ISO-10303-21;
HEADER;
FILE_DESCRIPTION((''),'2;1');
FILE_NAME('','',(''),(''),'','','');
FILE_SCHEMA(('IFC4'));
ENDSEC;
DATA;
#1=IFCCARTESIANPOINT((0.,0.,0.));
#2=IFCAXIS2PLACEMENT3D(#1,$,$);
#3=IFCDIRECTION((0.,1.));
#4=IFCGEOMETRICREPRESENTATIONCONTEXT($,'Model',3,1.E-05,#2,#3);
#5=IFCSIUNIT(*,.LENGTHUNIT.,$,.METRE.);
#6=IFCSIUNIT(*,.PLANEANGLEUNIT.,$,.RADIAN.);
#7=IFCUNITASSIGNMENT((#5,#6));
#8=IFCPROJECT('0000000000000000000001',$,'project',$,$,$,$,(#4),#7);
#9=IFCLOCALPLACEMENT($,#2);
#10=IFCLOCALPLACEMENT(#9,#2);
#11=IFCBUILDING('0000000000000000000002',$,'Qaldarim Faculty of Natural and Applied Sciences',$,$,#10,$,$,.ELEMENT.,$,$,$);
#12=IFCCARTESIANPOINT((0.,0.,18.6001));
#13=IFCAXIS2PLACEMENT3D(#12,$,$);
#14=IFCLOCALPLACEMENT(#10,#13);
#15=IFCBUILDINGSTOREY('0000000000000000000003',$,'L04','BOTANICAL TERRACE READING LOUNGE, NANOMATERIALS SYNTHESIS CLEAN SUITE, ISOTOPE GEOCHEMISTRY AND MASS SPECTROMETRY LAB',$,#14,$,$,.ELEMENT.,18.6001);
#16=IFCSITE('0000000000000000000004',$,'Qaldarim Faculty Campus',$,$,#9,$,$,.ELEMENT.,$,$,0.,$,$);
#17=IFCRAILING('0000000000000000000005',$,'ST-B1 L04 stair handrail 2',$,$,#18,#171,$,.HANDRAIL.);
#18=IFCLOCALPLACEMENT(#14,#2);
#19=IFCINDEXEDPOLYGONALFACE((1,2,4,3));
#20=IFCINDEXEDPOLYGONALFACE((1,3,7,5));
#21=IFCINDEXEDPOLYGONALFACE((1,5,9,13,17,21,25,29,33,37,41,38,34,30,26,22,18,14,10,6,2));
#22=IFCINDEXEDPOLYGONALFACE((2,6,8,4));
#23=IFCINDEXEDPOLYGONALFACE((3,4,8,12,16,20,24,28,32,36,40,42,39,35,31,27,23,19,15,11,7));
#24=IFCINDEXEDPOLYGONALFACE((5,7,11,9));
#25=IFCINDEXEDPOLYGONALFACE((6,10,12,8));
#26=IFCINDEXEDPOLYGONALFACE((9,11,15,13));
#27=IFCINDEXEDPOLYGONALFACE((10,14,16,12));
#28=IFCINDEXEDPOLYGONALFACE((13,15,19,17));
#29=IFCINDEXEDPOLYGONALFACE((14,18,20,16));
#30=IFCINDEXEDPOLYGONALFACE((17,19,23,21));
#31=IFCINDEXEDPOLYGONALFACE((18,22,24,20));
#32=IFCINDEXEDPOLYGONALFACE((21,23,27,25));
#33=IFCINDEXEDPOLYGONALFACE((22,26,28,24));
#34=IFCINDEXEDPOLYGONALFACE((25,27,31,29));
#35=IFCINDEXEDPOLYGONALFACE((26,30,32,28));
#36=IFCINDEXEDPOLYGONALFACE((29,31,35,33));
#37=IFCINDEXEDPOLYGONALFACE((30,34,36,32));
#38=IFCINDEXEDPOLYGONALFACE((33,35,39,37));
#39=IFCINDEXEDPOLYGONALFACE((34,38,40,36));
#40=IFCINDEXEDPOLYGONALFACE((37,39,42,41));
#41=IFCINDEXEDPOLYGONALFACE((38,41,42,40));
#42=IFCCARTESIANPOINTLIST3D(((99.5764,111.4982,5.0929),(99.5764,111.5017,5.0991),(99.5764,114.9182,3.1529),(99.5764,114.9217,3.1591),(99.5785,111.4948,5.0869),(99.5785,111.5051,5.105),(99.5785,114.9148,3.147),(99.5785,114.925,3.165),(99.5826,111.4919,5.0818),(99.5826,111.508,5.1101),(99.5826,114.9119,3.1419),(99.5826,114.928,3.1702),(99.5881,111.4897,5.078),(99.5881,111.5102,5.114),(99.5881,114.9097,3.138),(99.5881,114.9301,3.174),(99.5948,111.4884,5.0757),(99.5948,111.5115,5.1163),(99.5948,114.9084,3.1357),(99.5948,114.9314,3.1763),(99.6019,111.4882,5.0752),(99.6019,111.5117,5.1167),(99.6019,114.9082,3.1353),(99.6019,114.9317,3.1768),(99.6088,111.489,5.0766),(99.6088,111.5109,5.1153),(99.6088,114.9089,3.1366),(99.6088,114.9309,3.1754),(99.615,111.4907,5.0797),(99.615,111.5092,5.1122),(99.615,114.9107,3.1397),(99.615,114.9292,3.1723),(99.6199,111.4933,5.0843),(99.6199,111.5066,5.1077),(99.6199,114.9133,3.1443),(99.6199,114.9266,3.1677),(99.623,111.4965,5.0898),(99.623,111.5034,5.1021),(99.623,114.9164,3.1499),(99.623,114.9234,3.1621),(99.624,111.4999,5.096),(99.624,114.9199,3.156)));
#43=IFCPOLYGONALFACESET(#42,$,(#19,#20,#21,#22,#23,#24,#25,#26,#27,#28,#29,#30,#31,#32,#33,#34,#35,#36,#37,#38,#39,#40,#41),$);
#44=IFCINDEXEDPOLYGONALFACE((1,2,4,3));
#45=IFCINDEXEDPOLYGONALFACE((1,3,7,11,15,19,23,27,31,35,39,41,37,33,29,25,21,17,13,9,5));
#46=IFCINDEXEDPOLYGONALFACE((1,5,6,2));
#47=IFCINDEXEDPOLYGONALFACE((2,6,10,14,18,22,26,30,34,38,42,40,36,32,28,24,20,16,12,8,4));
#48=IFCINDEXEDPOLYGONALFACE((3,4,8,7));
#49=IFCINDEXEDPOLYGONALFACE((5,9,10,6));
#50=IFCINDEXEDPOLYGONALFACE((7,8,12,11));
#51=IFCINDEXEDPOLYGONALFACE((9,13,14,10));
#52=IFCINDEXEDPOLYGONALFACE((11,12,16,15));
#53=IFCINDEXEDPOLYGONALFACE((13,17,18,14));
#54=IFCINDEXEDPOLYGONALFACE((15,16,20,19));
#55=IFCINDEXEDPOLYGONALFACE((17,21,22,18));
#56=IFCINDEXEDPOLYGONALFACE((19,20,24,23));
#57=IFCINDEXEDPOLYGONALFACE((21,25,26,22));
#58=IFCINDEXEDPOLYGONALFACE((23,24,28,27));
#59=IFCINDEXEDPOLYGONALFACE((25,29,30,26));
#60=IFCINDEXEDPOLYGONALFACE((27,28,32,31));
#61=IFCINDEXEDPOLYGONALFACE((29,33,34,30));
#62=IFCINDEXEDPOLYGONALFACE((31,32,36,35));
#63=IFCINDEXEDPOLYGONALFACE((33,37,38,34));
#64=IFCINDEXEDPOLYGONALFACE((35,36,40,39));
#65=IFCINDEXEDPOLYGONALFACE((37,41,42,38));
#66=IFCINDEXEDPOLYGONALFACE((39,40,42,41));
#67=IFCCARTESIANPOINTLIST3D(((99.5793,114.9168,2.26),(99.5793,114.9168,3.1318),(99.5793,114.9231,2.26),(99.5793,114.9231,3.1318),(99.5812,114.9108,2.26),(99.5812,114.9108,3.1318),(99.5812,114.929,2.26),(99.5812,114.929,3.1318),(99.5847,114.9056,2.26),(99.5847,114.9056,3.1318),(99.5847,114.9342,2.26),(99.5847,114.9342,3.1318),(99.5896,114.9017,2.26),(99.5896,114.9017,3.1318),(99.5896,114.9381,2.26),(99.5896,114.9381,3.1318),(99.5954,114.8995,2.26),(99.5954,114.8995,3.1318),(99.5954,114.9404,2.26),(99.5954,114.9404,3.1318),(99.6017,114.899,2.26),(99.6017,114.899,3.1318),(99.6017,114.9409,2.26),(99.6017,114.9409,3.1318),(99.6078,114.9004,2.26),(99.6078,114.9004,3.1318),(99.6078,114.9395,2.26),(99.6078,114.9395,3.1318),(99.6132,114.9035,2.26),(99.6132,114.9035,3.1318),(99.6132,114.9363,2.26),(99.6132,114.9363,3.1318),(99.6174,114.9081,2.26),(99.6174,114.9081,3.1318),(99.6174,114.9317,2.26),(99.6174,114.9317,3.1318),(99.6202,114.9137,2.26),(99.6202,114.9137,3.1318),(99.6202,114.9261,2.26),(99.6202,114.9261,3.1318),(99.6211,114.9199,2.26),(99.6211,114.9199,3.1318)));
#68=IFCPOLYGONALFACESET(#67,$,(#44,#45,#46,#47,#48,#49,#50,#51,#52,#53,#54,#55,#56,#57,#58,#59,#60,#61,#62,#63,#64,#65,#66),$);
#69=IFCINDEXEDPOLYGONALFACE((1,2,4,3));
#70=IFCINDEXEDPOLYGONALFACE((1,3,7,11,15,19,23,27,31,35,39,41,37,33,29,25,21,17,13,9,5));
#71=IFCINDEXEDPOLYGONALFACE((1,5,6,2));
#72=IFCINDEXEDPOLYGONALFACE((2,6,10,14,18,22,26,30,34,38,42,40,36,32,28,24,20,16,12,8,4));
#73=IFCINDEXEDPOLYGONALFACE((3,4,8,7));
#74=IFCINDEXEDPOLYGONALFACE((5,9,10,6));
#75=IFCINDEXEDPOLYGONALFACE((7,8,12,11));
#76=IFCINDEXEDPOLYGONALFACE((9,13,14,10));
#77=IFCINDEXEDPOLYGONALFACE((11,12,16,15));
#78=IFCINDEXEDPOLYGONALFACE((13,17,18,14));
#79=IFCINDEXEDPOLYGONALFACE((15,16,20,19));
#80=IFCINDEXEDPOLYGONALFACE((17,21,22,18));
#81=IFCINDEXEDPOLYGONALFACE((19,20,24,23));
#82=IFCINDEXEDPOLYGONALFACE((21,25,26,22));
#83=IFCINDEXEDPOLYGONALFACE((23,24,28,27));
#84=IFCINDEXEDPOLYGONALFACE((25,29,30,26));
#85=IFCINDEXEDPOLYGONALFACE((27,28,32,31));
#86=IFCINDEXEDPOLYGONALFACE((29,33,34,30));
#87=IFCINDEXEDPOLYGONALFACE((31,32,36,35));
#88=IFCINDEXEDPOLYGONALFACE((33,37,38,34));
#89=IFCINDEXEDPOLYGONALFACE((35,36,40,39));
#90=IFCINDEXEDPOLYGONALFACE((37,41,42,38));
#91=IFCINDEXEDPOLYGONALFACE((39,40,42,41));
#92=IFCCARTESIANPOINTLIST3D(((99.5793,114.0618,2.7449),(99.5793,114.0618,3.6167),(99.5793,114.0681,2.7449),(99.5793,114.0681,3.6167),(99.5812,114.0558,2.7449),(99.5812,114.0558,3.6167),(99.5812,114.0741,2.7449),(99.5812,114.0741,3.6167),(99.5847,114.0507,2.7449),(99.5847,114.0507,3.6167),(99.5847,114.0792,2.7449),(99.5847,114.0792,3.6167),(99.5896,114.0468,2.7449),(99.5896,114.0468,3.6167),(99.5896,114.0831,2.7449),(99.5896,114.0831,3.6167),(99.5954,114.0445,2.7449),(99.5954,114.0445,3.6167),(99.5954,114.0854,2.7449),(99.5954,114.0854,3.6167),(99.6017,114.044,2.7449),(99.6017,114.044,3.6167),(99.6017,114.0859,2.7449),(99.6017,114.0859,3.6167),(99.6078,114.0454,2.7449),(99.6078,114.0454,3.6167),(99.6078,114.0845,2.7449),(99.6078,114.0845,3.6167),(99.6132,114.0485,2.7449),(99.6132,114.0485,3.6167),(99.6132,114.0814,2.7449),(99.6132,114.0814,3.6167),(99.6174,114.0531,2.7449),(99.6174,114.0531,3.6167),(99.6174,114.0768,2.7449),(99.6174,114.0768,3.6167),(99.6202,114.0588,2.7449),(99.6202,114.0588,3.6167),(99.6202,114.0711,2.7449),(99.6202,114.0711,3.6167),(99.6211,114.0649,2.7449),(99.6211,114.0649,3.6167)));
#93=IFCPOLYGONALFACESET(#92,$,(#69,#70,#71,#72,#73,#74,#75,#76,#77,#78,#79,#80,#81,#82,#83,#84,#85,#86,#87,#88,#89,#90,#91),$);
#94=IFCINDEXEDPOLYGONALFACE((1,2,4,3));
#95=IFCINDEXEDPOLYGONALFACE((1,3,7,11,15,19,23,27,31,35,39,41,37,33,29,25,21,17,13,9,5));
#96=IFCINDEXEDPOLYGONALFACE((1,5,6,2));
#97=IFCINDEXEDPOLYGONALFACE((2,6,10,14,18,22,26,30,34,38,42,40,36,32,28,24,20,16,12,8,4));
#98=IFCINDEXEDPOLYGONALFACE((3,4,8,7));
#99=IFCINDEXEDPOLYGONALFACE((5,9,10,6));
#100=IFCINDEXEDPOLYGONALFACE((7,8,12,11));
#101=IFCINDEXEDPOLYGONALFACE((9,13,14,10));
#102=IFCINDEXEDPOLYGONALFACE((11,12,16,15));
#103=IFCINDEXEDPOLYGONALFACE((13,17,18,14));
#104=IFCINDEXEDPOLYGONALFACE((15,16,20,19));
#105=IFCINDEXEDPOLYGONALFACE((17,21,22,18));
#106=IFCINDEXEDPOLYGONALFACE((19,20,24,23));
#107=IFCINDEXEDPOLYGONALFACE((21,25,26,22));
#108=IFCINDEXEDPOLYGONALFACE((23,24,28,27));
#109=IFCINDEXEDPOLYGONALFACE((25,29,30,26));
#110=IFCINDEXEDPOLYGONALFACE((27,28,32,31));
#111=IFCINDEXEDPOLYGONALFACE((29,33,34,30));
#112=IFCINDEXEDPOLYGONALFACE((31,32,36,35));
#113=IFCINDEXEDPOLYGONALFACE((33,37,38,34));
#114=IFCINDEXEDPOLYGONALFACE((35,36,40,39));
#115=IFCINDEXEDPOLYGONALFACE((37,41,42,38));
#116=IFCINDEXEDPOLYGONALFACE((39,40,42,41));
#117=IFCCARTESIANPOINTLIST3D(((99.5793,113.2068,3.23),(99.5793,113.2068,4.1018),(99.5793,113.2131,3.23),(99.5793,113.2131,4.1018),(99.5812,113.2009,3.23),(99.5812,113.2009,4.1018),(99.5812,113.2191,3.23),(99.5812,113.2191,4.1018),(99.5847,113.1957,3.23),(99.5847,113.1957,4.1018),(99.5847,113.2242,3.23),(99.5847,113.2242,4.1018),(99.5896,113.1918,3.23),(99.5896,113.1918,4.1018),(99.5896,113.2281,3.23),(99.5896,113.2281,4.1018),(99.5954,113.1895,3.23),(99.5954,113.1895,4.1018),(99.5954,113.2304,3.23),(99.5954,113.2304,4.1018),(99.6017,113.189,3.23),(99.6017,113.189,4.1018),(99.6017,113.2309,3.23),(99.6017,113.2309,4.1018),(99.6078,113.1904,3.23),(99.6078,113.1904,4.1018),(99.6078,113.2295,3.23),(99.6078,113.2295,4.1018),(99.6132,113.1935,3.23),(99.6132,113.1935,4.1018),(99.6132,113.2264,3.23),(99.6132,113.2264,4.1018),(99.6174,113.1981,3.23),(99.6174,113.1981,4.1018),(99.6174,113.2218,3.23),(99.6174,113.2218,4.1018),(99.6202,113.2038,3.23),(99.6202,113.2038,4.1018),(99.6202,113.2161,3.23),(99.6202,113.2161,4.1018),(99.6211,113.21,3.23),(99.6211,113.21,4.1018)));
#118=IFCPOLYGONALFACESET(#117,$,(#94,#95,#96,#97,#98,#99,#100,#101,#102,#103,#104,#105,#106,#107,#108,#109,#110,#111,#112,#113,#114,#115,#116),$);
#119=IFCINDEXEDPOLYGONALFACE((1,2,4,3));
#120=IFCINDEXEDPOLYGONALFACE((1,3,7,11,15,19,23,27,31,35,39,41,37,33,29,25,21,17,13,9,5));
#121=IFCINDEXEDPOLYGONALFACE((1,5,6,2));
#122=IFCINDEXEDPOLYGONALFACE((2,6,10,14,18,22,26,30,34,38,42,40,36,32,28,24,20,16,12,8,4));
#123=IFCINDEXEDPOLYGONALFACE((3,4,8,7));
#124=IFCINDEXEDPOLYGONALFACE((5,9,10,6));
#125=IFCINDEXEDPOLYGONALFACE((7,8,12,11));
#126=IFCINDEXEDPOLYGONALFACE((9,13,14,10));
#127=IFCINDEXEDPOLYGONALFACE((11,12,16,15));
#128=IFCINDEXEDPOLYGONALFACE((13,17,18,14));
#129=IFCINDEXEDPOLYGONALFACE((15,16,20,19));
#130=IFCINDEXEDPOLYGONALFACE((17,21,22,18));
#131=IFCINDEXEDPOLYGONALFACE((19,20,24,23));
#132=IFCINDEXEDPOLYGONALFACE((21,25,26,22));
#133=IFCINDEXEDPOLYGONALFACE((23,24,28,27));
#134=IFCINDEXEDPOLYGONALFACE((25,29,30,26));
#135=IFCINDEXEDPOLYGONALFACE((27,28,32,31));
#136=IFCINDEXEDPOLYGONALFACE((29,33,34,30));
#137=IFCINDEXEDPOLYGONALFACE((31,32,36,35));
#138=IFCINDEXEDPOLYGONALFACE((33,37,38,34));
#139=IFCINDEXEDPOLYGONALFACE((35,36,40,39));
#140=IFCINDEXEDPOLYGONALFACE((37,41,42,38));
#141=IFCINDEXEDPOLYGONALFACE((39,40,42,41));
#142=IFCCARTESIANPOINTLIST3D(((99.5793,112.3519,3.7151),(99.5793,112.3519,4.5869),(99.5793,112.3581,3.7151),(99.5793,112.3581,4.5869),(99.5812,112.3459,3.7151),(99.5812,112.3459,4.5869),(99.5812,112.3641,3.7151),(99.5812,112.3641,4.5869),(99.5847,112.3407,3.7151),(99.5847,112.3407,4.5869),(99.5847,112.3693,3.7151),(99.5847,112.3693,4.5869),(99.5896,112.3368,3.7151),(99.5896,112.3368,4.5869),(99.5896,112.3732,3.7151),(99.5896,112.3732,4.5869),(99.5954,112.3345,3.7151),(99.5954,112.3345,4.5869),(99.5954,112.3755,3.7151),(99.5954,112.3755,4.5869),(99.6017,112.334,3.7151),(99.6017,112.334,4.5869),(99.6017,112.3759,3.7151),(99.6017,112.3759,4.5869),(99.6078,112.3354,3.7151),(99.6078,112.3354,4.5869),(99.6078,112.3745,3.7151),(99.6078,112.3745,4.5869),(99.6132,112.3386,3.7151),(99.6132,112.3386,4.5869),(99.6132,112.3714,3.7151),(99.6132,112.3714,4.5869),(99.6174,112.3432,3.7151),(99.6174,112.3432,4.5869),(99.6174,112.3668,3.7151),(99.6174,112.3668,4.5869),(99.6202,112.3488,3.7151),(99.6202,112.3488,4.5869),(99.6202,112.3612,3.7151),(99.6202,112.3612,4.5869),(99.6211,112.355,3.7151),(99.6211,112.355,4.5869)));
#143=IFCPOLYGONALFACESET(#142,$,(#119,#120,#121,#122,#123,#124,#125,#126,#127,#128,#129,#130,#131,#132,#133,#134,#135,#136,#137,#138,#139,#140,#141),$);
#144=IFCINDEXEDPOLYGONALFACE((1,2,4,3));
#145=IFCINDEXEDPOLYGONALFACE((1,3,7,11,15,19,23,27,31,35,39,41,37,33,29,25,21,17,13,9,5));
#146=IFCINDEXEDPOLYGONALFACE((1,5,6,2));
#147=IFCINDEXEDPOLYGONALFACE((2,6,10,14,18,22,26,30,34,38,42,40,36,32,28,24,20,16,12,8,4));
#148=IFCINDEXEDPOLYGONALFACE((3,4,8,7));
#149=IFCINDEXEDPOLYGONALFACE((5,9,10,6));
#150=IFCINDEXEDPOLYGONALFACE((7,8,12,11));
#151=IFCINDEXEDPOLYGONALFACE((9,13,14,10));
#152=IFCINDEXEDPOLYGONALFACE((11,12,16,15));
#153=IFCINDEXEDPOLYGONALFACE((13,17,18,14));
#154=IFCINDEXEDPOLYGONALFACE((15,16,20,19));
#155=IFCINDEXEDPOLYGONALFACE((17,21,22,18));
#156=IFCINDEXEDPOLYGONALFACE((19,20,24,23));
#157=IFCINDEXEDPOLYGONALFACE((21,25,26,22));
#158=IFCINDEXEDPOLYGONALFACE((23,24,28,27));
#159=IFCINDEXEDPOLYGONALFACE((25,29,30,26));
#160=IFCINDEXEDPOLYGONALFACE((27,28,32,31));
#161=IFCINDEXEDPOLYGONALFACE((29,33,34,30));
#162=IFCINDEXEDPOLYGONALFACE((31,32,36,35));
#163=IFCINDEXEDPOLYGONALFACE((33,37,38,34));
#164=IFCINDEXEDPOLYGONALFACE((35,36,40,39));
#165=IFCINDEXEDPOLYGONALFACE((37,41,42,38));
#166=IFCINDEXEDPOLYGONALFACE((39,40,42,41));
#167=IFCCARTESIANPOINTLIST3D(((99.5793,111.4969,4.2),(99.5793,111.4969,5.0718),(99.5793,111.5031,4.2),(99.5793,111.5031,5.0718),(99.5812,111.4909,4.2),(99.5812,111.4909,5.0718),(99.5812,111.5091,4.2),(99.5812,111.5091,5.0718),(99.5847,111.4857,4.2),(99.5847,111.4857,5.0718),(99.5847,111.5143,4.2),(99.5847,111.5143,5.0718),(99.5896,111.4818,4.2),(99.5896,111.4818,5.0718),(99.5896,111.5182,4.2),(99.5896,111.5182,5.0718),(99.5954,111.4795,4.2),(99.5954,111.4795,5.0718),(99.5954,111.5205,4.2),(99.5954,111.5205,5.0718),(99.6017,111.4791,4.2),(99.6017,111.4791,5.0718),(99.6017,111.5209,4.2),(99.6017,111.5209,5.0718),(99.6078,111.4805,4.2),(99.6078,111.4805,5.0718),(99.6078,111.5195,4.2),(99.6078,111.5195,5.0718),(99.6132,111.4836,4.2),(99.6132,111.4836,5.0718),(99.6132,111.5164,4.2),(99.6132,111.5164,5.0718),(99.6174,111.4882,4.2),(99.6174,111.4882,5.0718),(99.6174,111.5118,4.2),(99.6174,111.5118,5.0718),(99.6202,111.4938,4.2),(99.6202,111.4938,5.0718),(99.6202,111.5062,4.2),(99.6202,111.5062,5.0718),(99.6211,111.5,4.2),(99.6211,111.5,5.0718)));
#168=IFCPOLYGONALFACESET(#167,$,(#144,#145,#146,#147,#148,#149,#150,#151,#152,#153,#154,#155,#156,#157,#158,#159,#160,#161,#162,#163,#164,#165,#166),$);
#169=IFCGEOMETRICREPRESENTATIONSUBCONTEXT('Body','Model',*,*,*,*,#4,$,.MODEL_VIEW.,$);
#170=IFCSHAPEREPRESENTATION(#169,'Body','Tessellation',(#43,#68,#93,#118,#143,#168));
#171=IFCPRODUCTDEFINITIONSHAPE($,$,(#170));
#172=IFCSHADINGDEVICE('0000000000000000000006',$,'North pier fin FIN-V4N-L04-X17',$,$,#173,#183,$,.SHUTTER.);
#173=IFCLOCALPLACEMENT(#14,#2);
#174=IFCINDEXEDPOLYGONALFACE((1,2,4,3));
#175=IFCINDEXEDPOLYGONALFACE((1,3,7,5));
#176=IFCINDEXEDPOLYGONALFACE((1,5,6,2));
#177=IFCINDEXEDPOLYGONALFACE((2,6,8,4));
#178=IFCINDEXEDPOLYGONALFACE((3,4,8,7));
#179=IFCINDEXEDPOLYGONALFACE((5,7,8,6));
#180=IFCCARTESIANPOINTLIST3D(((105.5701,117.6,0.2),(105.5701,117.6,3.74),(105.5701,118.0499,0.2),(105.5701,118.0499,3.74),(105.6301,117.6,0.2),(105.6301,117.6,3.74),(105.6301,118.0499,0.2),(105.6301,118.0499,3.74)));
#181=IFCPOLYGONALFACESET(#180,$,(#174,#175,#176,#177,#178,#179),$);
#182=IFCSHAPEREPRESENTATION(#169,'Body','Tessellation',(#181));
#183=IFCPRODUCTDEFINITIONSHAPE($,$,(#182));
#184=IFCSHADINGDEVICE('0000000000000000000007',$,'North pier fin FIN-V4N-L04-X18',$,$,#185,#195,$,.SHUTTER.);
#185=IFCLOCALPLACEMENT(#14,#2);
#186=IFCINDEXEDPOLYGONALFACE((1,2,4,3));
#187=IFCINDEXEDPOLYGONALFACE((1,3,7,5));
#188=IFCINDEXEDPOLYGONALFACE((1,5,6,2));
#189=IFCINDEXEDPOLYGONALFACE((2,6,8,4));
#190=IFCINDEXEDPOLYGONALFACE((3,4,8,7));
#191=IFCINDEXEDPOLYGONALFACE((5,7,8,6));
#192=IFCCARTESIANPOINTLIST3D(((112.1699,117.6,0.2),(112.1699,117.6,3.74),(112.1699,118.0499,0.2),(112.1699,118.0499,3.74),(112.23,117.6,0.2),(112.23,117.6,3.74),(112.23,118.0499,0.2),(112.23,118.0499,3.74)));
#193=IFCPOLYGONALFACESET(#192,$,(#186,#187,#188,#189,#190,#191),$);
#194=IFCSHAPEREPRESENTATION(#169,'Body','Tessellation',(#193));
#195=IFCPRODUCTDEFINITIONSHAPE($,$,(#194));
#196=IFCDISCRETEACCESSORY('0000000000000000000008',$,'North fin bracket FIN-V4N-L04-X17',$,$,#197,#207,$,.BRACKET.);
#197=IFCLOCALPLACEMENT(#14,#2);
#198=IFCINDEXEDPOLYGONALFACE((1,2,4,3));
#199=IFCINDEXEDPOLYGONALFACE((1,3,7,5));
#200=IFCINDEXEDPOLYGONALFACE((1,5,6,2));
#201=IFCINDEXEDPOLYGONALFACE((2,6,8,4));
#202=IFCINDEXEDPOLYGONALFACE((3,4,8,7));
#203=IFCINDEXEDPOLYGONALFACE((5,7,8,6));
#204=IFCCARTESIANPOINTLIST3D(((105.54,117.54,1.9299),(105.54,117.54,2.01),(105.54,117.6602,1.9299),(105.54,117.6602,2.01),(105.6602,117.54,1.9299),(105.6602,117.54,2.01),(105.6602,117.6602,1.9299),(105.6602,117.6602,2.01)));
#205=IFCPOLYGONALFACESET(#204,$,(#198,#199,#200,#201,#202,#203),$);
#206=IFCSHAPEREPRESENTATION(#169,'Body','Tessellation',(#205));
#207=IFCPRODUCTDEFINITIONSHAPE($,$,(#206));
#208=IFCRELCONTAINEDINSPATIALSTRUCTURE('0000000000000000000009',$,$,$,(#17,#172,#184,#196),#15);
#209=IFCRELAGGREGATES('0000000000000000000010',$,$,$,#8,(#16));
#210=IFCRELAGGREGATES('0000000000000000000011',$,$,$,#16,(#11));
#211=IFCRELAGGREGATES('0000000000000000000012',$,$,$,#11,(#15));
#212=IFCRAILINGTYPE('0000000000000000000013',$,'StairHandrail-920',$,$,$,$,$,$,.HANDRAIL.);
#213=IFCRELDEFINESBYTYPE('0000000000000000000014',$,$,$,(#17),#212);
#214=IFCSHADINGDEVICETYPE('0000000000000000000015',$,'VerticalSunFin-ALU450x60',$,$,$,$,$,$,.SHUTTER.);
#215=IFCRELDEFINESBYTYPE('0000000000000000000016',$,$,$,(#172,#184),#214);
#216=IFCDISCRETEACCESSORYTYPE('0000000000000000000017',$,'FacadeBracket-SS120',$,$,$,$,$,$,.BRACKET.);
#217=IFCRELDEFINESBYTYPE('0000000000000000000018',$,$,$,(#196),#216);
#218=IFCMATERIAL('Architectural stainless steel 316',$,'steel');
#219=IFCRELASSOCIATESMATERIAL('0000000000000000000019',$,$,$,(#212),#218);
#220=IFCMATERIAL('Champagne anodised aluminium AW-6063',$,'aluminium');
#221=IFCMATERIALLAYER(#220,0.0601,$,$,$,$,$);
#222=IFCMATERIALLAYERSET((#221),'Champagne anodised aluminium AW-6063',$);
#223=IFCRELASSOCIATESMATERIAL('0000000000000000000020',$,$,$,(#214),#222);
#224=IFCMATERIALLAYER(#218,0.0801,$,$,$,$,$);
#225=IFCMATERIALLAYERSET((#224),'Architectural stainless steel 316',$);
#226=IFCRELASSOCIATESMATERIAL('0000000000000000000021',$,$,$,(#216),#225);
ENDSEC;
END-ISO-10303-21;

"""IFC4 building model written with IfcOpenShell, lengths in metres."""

from ifc_helpers import new_model, si_unit, direction, frame, origin, origin_2d, place, context, subcontext, project, spatial, rectangle, circle, extrude, material, layer, layer_set, type_object, element, save


model = new_model("IFC4")

# Units and contexts
model_context = context("Model", 3, precision=1e-05, world=origin(), true_north=direction((0.0, 1.0)))
body_context = subcontext(model_context, "Body", "Model", "MODEL_VIEW")
ifc_project = project(units=[si_unit("LENGTHUNIT", "METRE"), si_unit("PLANEANGLEUNIT", "RADIAN")], contexts=[model_context])

# Site, building, storey
site_placement = place(None, origin())
site = spatial("IfcSite", under=ifc_project, at=site_placement, Name="Qaldarim Faculty Campus", CompositionType="ELEMENT", RefElevation=0.0)
building_placement = place(site_placement, origin())
building = spatial("IfcBuilding", under=site, at=building_placement, Name="Qaldarim Faculty of Natural and Applied Sciences", CompositionType="ELEMENT")
storey_placement = place(building_placement, frame((0.0, 0.0, 18.6001)))
storey = spatial("IfcBuildingStorey", under=building, at=storey_placement, Name="L04", Description="BOTANICAL TERRACE READING LOUNGE, NANOMATERIALS SYNTHESIS CLEAN SUITE, ISOTOPE GEOCHEMISTRY AND MASS SPECTROMETRY LAB", CompositionType="ELEMENT", Elevation=18.6001)

# Shared definitions
ifc_material_1 = material(Name="Architectural stainless steel 316", Category="steel")

# Railing
railing_type_1 = type_object("IfcRailingType", Name="StairHandrail-920", PredefinedType="HANDRAIL", material=ifc_material_1)
railing_1_placement = place(storey_placement, frame((99.6001, 114.9199, 2.26)))
element("IfcRailing", 1, at=railing_1_placement, inside=storey, type_object=railing_type_1, Name="ST-B1 L04 stair handrail 2", PredefinedType="HANDRAIL", context=body_context, shape_type="SweptSolid", body=[
    extrude(circle(Radius=0.0239, at=origin_2d()), frame((0.0, 0.0, 0.896), z_axis=(0.0, -0.869805, 0.493395), x_axis=(1.0, 0.0, 0.0)), (0.0, 0.0, 1.0), 3.9319),
    extrude(circle(Radius=0.021, at=origin_2d()), origin(), (0.0, 0.0, 1.0), 0.8718),
    extrude(circle(Radius=0.021, at=origin_2d()), frame((0.0, -0.855, 0.4849)), (0.0, 0.0, 1.0), 0.8718),
    extrude(circle(Radius=0.021, at=origin_2d()), frame((0.0, -1.71, 0.97)), (0.0, 0.0, 1.0), 0.8718),
    extrude(circle(Radius=0.021, at=origin_2d()), frame((0.0, -2.5649, 1.4551)), (0.0, 0.0, 1.0), 0.8718),
    extrude(circle(Radius=0.021, at=origin_2d()), frame((0.0, -3.4199, 1.9399)), (0.0, 0.0, 1.0), 0.8718),
])

# Shading devices
ifc_material_2 = material(Name="Champagne anodised aluminium AW-6063", Category="aluminium")
ifc_layer_1 = layer(ifc_material_2, 0.0601)
ifc_layer_set_1 = layer_set([ifc_layer_1], Name="Champagne anodised aluminium AW-6063")
shading_device_type = type_object("IfcShadingDeviceType", Name="VerticalSunFin-ALU450x60", PredefinedType="SHUTTER", material=ifc_layer_set_1)
for number, where, z_axis, x_axis, name in (
    (2, (105.6001, 117.825, 0.2), (0.0, 0.0, 1.0), (1.0, 0.0, 0.0), "North pier fin FIN-V4N-L04-X17"),
    (3, (112.2, 117.825, 0.2), (0.0, 0.0, 1.0), (1.0, 0.0, 0.0), "North pier fin FIN-V4N-L04-X18"),
):
    element("IfcShadingDevice", number, at=place(storey_placement, frame(where, z_axis=z_axis, x_axis=x_axis)), inside=storey, type_object=shading_device_type, Name=name, PredefinedType="SHUTTER", context=body_context, shape_type="SweptSolid", body=[
        extrude(rectangle(XDim=0.0601, YDim=0.45, at=origin_2d()), origin(), (0.0, 0.0, 1.0), 3.54),
    ])

# Discrete accessory
ifc_layer_2 = layer(ifc_material_1, 0.0801)
ifc_layer_set_2 = layer_set([ifc_layer_2], Name="Architectural stainless steel 316")
discrete_accessory_type = type_object("IfcDiscreteAccessoryType", Name="FacadeBracket-SS120", PredefinedType="BRACKET", material=ifc_layer_set_2)
for number, where, z_axis, x_axis, name in (
    (4, (105.6001, 117.6001, 1.9299), (0.0, 0.0, 1.0), (1.0, 0.0, 0.0), "North fin bracket FIN-V4N-L04-X17"),
):
    element("IfcDiscreteAccessory", number, at=place(storey_placement, frame(where, z_axis=z_axis, x_axis=x_axis)), inside=storey, type_object=discrete_accessory_type, Name=name, PredefinedType="BRACKET", context=body_context, shape_type="SweptSolid", body=[
        extrude(rectangle(XDim=0.1201, YDim=0.1201, at=origin_2d()), origin(), (0.0, 0.0, 1.0), 0.0801),
    ])

save(model, "model.ifc")
